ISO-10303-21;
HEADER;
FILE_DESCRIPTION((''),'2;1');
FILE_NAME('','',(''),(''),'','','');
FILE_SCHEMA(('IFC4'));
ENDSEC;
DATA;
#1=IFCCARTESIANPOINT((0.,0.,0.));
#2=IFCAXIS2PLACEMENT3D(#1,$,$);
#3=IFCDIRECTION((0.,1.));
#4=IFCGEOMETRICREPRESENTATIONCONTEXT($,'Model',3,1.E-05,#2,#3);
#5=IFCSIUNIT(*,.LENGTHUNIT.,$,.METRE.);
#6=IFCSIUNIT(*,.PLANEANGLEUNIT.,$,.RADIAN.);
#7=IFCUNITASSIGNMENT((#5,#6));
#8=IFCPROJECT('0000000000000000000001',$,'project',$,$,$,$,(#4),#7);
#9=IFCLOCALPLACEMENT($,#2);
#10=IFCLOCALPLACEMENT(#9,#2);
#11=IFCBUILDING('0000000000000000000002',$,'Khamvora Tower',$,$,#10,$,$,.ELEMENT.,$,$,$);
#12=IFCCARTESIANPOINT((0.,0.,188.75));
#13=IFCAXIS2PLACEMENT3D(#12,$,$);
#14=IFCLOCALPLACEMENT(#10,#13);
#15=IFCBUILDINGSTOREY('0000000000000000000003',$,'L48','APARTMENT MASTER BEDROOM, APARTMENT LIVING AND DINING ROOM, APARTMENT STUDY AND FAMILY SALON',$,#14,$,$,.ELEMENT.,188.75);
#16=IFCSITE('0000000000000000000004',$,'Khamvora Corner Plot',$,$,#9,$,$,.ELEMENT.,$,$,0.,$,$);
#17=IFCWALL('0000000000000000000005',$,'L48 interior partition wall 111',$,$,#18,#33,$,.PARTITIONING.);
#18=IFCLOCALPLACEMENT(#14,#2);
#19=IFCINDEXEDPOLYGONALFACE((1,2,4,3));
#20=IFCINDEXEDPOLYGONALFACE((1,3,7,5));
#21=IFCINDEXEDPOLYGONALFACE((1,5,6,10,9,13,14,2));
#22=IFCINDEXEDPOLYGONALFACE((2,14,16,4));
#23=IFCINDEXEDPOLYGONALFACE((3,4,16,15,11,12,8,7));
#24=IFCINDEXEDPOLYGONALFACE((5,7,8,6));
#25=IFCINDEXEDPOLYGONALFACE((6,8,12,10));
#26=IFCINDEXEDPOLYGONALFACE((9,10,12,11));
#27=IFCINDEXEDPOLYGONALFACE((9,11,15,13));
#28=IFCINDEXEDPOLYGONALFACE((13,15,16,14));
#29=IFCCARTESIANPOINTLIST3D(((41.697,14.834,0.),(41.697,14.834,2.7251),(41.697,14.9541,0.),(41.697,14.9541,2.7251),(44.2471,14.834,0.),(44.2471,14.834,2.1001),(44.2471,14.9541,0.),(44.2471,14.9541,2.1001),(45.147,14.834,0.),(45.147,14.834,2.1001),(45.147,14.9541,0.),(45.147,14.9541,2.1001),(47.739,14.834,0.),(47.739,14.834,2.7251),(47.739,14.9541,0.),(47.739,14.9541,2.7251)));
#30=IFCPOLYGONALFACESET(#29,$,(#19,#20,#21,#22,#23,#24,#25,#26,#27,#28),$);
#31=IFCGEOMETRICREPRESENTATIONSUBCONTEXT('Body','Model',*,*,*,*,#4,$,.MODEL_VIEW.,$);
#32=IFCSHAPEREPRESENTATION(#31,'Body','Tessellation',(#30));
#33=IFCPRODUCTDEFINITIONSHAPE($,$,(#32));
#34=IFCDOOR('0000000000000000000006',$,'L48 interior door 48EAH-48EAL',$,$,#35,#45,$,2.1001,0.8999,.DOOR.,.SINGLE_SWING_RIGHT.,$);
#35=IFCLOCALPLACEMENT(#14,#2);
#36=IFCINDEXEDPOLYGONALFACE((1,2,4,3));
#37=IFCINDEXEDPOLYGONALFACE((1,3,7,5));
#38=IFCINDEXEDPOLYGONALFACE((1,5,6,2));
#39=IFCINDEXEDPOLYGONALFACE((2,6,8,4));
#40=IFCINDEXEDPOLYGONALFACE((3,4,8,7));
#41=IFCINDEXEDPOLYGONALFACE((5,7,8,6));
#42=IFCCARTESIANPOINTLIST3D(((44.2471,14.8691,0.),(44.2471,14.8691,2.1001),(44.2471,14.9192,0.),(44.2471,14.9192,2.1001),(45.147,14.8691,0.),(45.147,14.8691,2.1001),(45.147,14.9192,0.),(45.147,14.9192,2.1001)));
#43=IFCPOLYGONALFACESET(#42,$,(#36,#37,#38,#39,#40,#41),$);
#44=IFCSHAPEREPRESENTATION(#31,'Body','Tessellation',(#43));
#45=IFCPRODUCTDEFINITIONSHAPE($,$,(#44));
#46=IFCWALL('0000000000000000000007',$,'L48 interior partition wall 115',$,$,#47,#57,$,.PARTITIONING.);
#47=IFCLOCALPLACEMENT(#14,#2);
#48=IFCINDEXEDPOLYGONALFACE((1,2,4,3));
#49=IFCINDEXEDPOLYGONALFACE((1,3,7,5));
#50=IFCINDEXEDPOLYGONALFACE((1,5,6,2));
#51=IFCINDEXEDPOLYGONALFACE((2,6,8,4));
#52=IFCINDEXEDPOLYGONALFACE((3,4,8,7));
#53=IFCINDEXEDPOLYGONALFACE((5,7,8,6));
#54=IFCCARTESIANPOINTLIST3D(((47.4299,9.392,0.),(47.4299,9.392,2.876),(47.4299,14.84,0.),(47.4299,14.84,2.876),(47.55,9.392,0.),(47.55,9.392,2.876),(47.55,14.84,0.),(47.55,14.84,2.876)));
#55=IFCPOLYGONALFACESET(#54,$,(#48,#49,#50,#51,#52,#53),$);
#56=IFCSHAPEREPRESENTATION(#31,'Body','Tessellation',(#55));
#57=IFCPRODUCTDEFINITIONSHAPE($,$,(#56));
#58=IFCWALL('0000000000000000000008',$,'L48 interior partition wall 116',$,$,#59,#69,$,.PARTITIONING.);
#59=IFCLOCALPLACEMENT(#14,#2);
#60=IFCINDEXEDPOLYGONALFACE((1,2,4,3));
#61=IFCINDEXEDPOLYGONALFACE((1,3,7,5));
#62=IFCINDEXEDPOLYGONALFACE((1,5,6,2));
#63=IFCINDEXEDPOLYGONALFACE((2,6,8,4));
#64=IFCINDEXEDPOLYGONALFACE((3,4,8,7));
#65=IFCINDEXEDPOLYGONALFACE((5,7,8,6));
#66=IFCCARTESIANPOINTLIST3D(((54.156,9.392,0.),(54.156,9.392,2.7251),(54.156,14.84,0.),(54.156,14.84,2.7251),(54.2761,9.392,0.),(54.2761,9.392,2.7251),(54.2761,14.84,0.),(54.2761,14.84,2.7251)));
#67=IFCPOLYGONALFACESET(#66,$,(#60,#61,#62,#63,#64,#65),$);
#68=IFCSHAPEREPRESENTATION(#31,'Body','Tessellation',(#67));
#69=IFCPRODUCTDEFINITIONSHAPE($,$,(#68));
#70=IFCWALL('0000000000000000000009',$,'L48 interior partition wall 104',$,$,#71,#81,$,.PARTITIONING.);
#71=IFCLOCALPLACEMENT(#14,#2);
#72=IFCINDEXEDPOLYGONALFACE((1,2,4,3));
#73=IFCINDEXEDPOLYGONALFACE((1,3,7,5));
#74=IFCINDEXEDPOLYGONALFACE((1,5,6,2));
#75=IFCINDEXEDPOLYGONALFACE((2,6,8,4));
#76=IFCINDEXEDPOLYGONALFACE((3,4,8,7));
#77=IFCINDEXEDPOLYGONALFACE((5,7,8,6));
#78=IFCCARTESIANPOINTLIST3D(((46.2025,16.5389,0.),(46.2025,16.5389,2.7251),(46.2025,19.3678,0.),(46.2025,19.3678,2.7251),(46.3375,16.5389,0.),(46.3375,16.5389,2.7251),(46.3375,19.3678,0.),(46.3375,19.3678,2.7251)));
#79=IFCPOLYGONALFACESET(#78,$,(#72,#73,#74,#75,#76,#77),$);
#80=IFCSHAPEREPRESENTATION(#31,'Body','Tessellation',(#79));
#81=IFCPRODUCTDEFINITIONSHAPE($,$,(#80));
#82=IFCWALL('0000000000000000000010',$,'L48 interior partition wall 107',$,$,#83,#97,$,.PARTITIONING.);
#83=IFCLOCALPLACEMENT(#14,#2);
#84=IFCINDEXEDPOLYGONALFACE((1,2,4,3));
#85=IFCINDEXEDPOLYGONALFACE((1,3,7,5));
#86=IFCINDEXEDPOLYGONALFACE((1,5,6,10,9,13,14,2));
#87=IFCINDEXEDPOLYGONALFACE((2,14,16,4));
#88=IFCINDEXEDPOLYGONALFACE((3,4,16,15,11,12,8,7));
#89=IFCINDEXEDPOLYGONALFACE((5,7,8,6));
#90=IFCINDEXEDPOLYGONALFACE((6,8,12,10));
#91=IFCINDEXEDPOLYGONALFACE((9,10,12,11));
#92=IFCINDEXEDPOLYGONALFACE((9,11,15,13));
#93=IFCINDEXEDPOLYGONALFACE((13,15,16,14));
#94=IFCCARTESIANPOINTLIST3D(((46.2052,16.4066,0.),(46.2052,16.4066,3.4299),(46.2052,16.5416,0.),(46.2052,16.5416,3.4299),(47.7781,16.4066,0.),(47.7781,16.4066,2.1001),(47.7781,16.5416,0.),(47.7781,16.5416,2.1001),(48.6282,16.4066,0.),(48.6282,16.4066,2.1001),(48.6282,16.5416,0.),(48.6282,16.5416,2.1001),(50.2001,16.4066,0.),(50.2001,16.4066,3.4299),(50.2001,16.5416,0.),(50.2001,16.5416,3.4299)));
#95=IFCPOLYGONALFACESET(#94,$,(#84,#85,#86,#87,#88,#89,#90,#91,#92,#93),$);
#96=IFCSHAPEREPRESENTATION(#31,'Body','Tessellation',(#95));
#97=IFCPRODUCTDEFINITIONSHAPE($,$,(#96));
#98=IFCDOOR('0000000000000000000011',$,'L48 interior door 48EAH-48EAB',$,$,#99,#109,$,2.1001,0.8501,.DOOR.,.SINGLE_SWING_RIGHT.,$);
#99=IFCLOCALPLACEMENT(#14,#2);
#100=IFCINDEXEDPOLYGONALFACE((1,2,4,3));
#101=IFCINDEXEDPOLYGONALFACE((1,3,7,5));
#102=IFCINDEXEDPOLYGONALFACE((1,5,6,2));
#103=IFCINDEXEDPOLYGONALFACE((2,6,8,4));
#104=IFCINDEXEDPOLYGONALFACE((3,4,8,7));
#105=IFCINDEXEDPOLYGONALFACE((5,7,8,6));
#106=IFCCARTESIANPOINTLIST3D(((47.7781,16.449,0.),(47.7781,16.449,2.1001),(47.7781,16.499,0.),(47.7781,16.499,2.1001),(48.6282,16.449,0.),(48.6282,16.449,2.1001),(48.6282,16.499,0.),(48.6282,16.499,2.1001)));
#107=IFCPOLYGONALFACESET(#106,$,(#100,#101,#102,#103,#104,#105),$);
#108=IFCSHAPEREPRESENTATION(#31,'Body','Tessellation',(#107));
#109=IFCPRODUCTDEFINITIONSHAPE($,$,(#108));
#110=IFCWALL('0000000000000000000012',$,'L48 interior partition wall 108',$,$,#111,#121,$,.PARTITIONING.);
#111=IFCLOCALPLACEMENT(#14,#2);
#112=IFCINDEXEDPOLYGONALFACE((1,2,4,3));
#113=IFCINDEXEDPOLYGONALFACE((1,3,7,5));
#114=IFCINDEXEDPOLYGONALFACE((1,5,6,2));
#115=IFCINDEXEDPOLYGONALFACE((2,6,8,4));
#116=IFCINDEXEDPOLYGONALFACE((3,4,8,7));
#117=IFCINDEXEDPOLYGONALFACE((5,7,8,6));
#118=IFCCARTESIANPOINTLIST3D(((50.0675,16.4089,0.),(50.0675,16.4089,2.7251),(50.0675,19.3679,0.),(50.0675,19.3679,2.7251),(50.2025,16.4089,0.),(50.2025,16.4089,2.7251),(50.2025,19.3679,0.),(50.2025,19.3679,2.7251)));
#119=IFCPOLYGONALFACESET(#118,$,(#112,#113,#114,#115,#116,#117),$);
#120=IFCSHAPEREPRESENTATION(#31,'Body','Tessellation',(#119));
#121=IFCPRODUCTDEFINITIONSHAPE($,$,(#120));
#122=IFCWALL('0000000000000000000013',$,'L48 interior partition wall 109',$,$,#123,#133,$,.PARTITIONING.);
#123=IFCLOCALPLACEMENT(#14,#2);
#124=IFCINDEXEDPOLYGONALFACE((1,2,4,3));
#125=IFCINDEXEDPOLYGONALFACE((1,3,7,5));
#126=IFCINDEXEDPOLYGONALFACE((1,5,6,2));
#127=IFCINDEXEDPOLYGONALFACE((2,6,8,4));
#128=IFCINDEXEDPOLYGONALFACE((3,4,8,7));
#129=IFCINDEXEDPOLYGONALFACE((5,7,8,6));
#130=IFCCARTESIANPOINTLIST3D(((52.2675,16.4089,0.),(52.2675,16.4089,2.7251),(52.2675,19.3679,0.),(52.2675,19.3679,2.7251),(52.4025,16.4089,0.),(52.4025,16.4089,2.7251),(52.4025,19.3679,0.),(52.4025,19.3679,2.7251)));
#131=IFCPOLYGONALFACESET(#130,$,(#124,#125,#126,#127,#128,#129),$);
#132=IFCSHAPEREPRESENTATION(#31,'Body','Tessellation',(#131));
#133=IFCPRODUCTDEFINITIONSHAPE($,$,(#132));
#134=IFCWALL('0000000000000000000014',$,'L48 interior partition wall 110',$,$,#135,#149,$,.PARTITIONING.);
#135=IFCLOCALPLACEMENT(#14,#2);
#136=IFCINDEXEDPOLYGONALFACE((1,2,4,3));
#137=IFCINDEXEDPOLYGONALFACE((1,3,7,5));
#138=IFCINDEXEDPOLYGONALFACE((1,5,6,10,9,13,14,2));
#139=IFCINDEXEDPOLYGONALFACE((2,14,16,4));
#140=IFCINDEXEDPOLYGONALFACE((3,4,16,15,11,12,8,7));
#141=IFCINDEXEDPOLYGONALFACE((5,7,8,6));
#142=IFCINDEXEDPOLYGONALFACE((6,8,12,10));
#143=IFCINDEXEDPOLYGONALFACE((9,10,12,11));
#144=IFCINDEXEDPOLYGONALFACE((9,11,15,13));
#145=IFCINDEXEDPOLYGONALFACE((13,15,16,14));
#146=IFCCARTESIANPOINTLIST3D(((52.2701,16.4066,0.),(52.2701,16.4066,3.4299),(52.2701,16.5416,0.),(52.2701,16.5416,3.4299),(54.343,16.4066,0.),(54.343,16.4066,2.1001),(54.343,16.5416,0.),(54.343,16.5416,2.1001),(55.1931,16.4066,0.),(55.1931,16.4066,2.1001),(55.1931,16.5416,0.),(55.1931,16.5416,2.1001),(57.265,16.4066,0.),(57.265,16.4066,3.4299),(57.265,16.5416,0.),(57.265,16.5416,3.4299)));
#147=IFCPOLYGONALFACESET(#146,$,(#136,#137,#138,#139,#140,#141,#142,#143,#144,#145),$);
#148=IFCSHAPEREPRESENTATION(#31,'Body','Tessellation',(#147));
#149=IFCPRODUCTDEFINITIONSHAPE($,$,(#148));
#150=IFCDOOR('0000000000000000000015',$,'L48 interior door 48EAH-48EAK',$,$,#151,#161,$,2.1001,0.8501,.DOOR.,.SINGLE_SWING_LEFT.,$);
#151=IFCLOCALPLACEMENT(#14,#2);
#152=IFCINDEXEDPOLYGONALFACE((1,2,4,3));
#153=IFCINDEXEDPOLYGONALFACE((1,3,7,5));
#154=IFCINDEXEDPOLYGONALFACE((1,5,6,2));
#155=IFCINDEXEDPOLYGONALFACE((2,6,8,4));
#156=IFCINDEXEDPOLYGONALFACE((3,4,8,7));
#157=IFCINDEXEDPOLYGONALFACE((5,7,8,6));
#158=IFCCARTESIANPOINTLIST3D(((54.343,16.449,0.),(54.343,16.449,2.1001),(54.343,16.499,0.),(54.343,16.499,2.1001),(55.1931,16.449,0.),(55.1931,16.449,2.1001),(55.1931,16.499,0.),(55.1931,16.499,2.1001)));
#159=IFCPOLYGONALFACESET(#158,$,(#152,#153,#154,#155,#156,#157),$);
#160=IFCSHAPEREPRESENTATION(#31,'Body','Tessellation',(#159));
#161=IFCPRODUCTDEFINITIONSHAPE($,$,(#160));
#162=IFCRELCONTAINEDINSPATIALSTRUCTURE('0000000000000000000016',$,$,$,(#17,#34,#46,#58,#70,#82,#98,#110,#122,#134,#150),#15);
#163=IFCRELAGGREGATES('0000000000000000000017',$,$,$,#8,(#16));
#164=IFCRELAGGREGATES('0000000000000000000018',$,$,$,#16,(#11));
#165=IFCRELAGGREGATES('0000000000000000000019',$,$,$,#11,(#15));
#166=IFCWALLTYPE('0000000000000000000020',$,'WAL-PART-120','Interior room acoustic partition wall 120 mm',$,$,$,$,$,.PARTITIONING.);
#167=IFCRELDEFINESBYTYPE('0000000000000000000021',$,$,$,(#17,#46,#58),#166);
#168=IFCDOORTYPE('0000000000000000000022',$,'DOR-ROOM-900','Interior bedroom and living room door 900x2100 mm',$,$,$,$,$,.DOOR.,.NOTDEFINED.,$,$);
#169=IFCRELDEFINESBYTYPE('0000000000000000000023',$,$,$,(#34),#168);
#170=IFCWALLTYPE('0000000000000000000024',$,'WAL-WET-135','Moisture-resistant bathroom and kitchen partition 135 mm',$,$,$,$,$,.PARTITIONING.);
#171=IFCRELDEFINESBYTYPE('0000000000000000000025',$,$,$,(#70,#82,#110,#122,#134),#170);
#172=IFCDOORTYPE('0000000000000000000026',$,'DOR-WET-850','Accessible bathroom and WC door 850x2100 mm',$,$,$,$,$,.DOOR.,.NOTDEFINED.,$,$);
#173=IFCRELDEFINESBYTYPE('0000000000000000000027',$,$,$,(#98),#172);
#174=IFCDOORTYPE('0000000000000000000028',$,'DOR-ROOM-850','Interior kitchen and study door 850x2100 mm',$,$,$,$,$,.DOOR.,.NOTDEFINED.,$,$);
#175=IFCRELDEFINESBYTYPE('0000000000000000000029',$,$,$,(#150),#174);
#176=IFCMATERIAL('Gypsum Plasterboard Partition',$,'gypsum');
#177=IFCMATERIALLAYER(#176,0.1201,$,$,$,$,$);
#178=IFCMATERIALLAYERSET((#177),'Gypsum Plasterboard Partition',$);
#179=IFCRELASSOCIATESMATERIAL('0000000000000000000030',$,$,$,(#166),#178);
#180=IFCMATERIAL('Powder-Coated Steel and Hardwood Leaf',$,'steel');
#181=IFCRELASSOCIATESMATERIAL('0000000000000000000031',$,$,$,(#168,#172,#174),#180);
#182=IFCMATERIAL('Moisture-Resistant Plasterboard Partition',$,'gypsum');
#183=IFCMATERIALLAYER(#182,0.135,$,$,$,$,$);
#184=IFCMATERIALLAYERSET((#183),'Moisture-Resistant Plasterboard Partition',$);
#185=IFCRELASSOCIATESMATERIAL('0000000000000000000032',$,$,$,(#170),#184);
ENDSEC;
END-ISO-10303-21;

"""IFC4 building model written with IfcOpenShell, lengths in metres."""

from ifc_helpers import new_model, si_unit, direction, frame, frame_2d, origin, place, context, subcontext, project, spatial, rectangle, extrude, material, layer, layer_set, type_object, element, fill, save


model = new_model("IFC4")

# Units and contexts
model_context = context("Model", 3, precision=1e-05, world=origin(), true_north=direction((0.0, 1.0)))
body_context = subcontext(model_context, "Body", "Model", "MODEL_VIEW")
ifc_project = project(units=[si_unit("LENGTHUNIT", "METRE"), si_unit("PLANEANGLEUNIT", "RADIAN")], contexts=[model_context])

# Site, building, storey
site_placement = place(None, origin())
site = spatial("IfcSite", under=ifc_project, at=site_placement, Name="Khamvora Corner Plot", CompositionType="ELEMENT", RefElevation=0.0)
building_placement = place(site_placement, origin())
building = spatial("IfcBuilding", under=site, at=building_placement, Name="Khamvora Tower", CompositionType="ELEMENT")
storey_placement = place(building_placement, frame((0.0, 0.0, 188.75)))
storey = spatial("IfcBuildingStorey", under=building, at=storey_placement, Name="L48", Description="APARTMENT MASTER BEDROOM, APARTMENT LIVING AND DINING ROOM, APARTMENT STUDY AND FAMILY SALON", CompositionType="ELEMENT", Elevation=188.75)

# Shared definitions
ifc_material_1 = material(Name="Powder-Coated Steel and Hardwood Leaf", Category="steel")

# Wall, opening, door
ifc_material_2 = material(Name="Gypsum Plasterboard Partition", Category="gypsum")
ifc_layer_1 = layer(ifc_material_2, 0.1201)
ifc_layer_set_1 = layer_set([ifc_layer_1], Name="Gypsum Plasterboard Partition")
wall_type_1 = type_object("IfcWallType", Name="WAL-PART-120", Description="Interior room acoustic partition wall 120 mm", PredefinedType="PARTITIONING", material=ifc_layer_set_1)
door_type_1 = type_object("IfcDoorType", Name="DOR-ROOM-900", Description="Interior bedroom and living room door 900x2100 mm", OperationType="NOTDEFINED", PredefinedType="DOOR", material=ifc_material_1)
wall_1_placement = place(storey_placement, frame((47.739, 14.894, 0.0), z_axis=(0.0, 0.0, 1.0), x_axis=(-1.0, 0.0, 0.0)))
wall_1 = element("IfcWall", 1, at=wall_1_placement, inside=storey, type_object=wall_type_1, Name="L48 interior partition wall 111", PredefinedType="PARTITIONING", context=body_context, shape_type="SweptSolid", body=[
    extrude(rectangle(XDim=6.042, YDim=0.1201, at=frame_2d((3.021, 0.0))), origin(), (0.0, 0.0, 1.0), 2.7251),
])
opening_1_placement = place(wall_1_placement, frame((2.592, 0.0, 0.0)))
opening_1 = element("IfcOpeningElement", 2, at=opening_1_placement, cuts=wall_1, PredefinedType="OPENING", context=body_context, shape_type="SweptSolid", body=[
    extrude(rectangle(XDim=0.8999, YDim=2.1001, at=frame_2d((0.45, 1.05))), frame((0.0, 0.0701, 0.0), z_axis=(0.0, -1.0, 0.0), x_axis=(1.0, 0.0, 0.0)), (0.0, 0.0, 1.0), 0.1401),
])
door_1_placement = place(opening_1_placement, origin())
door_1 = element("IfcDoor", 3, at=door_1_placement, inside=storey, type_object=door_type_1, Name="L48 interior door 48EAH-48EAL", OperationType="SINGLE_SWING_RIGHT", OverallHeight=2.1001, OverallWidth=0.8999, PredefinedType="DOOR", context=body_context, shape_type="SweptSolid", body=[
    extrude(rectangle(XDim=0.8999, YDim=2.1001, at=frame_2d((0.45, 1.05))), frame((0.0, 0.0249, 0.0), z_axis=(0.0, -1.0, 0.0), x_axis=(1.0, 0.0, 0.0)), (0.0, 0.0, 1.0), 0.05),
])
fill(opening_1, door_1)

# Walls
wall_2_placement = place(storey_placement, frame((47.49, 14.8401, 0.0), z_axis=(0.0, 0.0, 1.0), x_axis=(0.0, -1.0, 0.0)))
element("IfcWall", 4, at=wall_2_placement, inside=storey, type_object=wall_type_1, Name="L48 interior partition wall 115", PredefinedType="PARTITIONING", context=body_context, shape_type="SweptSolid", body=[
    extrude(rectangle(XDim=5.448, YDim=0.1201, at=frame_2d((2.7241, 0.0))), origin(), (0.0, 0.0, 1.0), 2.876),
])
wall_3_placement = place(storey_placement, frame((54.2161, 14.8401, 0.0), z_axis=(0.0, 0.0, 1.0), x_axis=(0.0, -1.0, 0.0)))
element("IfcWall", 5, at=wall_3_placement, inside=storey, type_object=wall_type_1, Name="L48 interior partition wall 116", PredefinedType="PARTITIONING", context=body_context, shape_type="SweptSolid", body=[
    extrude(rectangle(XDim=5.448, YDim=0.1201, at=frame_2d((2.7241, 0.0))), origin(), (0.0, 0.0, 1.0), 2.7251),
])
ifc_material_3 = material(Name="Moisture-Resistant Plasterboard Partition", Category="gypsum")
ifc_layer_2 = layer(ifc_material_3, 0.135)
ifc_layer_set_2 = layer_set([ifc_layer_2], Name="Moisture-Resistant Plasterboard Partition")
wall_type_2 = type_object("IfcWallType", Name="WAL-WET-135", Description="Moisture-resistant bathroom and kitchen partition 135 mm", PredefinedType="PARTITIONING", material=ifc_layer_set_2)
wall_4_placement = place(storey_placement, frame((46.27, 19.3679, 0.0), z_axis=(0.0, 0.0, 1.0), x_axis=(0.0, -1.0, 0.0)))
element("IfcWall", 6, at=wall_4_placement, inside=storey, type_object=wall_type_2, Name="L48 interior partition wall 104", PredefinedType="PARTITIONING", context=body_context, shape_type="SweptSolid", body=[
    extrude(rectangle(XDim=2.8289, YDim=0.135, at=frame_2d((1.4146, 0.0))), origin(), (0.0, 0.0, 1.0), 2.7251),
])

# Wall, opening, door
wall_5_placement = place(storey_placement, frame((46.2051, 16.4741, 0.0), z_axis=(0.0, 0.0, 1.0), x_axis=(1.0, 0.0, 0.0)))
wall_5 = element("IfcWall", 7, at=wall_5_placement, inside=storey, type_object=wall_type_2, Name="L48 interior partition wall 107", PredefinedType="PARTITIONING", context=body_context, shape_type="SweptSolid", body=[
    extrude(rectangle(XDim=3.9949, YDim=0.135, at=frame_2d((1.9976, 0.0))), origin(), (0.0, 0.0, 1.0), 3.4299),
])
opening_2_placement = place(wall_5_placement, frame((1.573, 0.0, 0.0)))
opening_2 = element("IfcOpeningElement", 8, at=opening_2_placement, cuts=wall_5, PredefinedType="OPENING", context=body_context, shape_type="SweptSolid", body=[
    extrude(rectangle(XDim=0.8501, YDim=2.1001, at=frame_2d((0.425, 1.05))), frame((0.0, 0.0774, 0.0), z_axis=(0.0, -1.0, 0.0), x_axis=(1.0, 0.0, 0.0)), (0.0, 0.0, 1.0), 0.155),
])
door_type_2 = type_object("IfcDoorType", Name="DOR-WET-850", Description="Accessible bathroom and WC door 850x2100 mm", OperationType="NOTDEFINED", PredefinedType="DOOR", material=ifc_material_1)
door_2_placement = place(opening_2_placement, origin())
door_2 = element("IfcDoor", 9, at=door_2_placement, inside=storey, type_object=door_type_2, Name="L48 interior door 48EAH-48EAB", OperationType="SINGLE_SWING_RIGHT", OverallHeight=2.1001, OverallWidth=0.8501, PredefinedType="DOOR", context=body_context, shape_type="SweptSolid", body=[
    extrude(rectangle(XDim=0.8501, YDim=2.1001, at=frame_2d((0.425, 1.05))), frame((0.0, 0.0249, 0.0), z_axis=(0.0, -1.0, 0.0), x_axis=(1.0, 0.0, 0.0)), (0.0, 0.0, 1.0), 0.05),
])
fill(opening_2, door_2)

# Walls
for number, where, z_axis, x_axis, name in (
    (10, (50.135, 16.4089, 0.0), (0.0, 0.0, 1.0), (0.0, 1.0, 0.0), "L48 interior partition wall 108"),
    (11, (52.335, 19.3679, 0.0), (0.0, 0.0, 1.0), (0.0, -1.0, 0.0), "L48 interior partition wall 109"),
):
    element("IfcWall", number, at=place(storey_placement, frame(where, z_axis=z_axis, x_axis=x_axis)), inside=storey, type_object=wall_type_2, Name=name, PredefinedType="PARTITIONING", context=body_context, shape_type="SweptSolid", body=[
        extrude(rectangle(XDim=2.959, YDim=0.135, at=frame_2d((1.4795, 0.0))), origin(), (0.0, 0.0, 1.0), 2.7251),
    ])

# Wall, opening, door
wall_6_placement = place(storey_placement, frame((52.27, 16.4741, 0.0), z_axis=(0.0, 0.0, 1.0), x_axis=(1.0, 0.0, 0.0)))
wall_6 = element("IfcWall", 12, at=wall_6_placement, inside=storey, type_object=wall_type_2, Name="L48 interior partition wall 110", PredefinedType="PARTITIONING", context=body_context, shape_type="SweptSolid", body=[
    extrude(rectangle(XDim=4.9949, YDim=0.135, at=frame_2d((2.4976, 0.0))), origin(), (0.0, 0.0, 1.0), 3.4299),
])
opening_3_placement = place(wall_6_placement, frame((2.073, 0.0, 0.0)))
opening_3 = element("IfcOpeningElement", 13, at=opening_3_placement, cuts=wall_6, PredefinedType="OPENING", context=body_context, shape_type="SweptSolid", body=[
    extrude(rectangle(XDim=0.8501, YDim=2.1001, at=frame_2d((0.425, 1.05))), frame((0.0, 0.0774, 0.0), z_axis=(0.0, -1.0, 0.0), x_axis=(1.0, 0.0, 0.0)), (0.0, 0.0, 1.0), 0.155),
])
door_type_3 = type_object("IfcDoorType", Name="DOR-ROOM-850", Description="Interior kitchen and study door 850x2100 mm", OperationType="NOTDEFINED", PredefinedType="DOOR", material=ifc_material_1)
door_3_placement = place(opening_3_placement, origin())
door_3 = element("IfcDoor", 14, at=door_3_placement, inside=storey, type_object=door_type_3, Name="L48 interior door 48EAH-48EAK", OperationType="SINGLE_SWING_LEFT", OverallHeight=2.1001, OverallWidth=0.8501, PredefinedType="DOOR", context=body_context, shape_type="SweptSolid", body=[
    extrude(rectangle(XDim=0.8501, YDim=2.1001, at=frame_2d((0.425, 1.05))), frame((0.0, 0.0249, 0.0), z_axis=(0.0, -1.0, 0.0), x_axis=(1.0, 0.0, 0.0)), (0.0, 0.0, 1.0), 0.05),
])
fill(opening_3, door_3)

save(model, "model.ifc")
